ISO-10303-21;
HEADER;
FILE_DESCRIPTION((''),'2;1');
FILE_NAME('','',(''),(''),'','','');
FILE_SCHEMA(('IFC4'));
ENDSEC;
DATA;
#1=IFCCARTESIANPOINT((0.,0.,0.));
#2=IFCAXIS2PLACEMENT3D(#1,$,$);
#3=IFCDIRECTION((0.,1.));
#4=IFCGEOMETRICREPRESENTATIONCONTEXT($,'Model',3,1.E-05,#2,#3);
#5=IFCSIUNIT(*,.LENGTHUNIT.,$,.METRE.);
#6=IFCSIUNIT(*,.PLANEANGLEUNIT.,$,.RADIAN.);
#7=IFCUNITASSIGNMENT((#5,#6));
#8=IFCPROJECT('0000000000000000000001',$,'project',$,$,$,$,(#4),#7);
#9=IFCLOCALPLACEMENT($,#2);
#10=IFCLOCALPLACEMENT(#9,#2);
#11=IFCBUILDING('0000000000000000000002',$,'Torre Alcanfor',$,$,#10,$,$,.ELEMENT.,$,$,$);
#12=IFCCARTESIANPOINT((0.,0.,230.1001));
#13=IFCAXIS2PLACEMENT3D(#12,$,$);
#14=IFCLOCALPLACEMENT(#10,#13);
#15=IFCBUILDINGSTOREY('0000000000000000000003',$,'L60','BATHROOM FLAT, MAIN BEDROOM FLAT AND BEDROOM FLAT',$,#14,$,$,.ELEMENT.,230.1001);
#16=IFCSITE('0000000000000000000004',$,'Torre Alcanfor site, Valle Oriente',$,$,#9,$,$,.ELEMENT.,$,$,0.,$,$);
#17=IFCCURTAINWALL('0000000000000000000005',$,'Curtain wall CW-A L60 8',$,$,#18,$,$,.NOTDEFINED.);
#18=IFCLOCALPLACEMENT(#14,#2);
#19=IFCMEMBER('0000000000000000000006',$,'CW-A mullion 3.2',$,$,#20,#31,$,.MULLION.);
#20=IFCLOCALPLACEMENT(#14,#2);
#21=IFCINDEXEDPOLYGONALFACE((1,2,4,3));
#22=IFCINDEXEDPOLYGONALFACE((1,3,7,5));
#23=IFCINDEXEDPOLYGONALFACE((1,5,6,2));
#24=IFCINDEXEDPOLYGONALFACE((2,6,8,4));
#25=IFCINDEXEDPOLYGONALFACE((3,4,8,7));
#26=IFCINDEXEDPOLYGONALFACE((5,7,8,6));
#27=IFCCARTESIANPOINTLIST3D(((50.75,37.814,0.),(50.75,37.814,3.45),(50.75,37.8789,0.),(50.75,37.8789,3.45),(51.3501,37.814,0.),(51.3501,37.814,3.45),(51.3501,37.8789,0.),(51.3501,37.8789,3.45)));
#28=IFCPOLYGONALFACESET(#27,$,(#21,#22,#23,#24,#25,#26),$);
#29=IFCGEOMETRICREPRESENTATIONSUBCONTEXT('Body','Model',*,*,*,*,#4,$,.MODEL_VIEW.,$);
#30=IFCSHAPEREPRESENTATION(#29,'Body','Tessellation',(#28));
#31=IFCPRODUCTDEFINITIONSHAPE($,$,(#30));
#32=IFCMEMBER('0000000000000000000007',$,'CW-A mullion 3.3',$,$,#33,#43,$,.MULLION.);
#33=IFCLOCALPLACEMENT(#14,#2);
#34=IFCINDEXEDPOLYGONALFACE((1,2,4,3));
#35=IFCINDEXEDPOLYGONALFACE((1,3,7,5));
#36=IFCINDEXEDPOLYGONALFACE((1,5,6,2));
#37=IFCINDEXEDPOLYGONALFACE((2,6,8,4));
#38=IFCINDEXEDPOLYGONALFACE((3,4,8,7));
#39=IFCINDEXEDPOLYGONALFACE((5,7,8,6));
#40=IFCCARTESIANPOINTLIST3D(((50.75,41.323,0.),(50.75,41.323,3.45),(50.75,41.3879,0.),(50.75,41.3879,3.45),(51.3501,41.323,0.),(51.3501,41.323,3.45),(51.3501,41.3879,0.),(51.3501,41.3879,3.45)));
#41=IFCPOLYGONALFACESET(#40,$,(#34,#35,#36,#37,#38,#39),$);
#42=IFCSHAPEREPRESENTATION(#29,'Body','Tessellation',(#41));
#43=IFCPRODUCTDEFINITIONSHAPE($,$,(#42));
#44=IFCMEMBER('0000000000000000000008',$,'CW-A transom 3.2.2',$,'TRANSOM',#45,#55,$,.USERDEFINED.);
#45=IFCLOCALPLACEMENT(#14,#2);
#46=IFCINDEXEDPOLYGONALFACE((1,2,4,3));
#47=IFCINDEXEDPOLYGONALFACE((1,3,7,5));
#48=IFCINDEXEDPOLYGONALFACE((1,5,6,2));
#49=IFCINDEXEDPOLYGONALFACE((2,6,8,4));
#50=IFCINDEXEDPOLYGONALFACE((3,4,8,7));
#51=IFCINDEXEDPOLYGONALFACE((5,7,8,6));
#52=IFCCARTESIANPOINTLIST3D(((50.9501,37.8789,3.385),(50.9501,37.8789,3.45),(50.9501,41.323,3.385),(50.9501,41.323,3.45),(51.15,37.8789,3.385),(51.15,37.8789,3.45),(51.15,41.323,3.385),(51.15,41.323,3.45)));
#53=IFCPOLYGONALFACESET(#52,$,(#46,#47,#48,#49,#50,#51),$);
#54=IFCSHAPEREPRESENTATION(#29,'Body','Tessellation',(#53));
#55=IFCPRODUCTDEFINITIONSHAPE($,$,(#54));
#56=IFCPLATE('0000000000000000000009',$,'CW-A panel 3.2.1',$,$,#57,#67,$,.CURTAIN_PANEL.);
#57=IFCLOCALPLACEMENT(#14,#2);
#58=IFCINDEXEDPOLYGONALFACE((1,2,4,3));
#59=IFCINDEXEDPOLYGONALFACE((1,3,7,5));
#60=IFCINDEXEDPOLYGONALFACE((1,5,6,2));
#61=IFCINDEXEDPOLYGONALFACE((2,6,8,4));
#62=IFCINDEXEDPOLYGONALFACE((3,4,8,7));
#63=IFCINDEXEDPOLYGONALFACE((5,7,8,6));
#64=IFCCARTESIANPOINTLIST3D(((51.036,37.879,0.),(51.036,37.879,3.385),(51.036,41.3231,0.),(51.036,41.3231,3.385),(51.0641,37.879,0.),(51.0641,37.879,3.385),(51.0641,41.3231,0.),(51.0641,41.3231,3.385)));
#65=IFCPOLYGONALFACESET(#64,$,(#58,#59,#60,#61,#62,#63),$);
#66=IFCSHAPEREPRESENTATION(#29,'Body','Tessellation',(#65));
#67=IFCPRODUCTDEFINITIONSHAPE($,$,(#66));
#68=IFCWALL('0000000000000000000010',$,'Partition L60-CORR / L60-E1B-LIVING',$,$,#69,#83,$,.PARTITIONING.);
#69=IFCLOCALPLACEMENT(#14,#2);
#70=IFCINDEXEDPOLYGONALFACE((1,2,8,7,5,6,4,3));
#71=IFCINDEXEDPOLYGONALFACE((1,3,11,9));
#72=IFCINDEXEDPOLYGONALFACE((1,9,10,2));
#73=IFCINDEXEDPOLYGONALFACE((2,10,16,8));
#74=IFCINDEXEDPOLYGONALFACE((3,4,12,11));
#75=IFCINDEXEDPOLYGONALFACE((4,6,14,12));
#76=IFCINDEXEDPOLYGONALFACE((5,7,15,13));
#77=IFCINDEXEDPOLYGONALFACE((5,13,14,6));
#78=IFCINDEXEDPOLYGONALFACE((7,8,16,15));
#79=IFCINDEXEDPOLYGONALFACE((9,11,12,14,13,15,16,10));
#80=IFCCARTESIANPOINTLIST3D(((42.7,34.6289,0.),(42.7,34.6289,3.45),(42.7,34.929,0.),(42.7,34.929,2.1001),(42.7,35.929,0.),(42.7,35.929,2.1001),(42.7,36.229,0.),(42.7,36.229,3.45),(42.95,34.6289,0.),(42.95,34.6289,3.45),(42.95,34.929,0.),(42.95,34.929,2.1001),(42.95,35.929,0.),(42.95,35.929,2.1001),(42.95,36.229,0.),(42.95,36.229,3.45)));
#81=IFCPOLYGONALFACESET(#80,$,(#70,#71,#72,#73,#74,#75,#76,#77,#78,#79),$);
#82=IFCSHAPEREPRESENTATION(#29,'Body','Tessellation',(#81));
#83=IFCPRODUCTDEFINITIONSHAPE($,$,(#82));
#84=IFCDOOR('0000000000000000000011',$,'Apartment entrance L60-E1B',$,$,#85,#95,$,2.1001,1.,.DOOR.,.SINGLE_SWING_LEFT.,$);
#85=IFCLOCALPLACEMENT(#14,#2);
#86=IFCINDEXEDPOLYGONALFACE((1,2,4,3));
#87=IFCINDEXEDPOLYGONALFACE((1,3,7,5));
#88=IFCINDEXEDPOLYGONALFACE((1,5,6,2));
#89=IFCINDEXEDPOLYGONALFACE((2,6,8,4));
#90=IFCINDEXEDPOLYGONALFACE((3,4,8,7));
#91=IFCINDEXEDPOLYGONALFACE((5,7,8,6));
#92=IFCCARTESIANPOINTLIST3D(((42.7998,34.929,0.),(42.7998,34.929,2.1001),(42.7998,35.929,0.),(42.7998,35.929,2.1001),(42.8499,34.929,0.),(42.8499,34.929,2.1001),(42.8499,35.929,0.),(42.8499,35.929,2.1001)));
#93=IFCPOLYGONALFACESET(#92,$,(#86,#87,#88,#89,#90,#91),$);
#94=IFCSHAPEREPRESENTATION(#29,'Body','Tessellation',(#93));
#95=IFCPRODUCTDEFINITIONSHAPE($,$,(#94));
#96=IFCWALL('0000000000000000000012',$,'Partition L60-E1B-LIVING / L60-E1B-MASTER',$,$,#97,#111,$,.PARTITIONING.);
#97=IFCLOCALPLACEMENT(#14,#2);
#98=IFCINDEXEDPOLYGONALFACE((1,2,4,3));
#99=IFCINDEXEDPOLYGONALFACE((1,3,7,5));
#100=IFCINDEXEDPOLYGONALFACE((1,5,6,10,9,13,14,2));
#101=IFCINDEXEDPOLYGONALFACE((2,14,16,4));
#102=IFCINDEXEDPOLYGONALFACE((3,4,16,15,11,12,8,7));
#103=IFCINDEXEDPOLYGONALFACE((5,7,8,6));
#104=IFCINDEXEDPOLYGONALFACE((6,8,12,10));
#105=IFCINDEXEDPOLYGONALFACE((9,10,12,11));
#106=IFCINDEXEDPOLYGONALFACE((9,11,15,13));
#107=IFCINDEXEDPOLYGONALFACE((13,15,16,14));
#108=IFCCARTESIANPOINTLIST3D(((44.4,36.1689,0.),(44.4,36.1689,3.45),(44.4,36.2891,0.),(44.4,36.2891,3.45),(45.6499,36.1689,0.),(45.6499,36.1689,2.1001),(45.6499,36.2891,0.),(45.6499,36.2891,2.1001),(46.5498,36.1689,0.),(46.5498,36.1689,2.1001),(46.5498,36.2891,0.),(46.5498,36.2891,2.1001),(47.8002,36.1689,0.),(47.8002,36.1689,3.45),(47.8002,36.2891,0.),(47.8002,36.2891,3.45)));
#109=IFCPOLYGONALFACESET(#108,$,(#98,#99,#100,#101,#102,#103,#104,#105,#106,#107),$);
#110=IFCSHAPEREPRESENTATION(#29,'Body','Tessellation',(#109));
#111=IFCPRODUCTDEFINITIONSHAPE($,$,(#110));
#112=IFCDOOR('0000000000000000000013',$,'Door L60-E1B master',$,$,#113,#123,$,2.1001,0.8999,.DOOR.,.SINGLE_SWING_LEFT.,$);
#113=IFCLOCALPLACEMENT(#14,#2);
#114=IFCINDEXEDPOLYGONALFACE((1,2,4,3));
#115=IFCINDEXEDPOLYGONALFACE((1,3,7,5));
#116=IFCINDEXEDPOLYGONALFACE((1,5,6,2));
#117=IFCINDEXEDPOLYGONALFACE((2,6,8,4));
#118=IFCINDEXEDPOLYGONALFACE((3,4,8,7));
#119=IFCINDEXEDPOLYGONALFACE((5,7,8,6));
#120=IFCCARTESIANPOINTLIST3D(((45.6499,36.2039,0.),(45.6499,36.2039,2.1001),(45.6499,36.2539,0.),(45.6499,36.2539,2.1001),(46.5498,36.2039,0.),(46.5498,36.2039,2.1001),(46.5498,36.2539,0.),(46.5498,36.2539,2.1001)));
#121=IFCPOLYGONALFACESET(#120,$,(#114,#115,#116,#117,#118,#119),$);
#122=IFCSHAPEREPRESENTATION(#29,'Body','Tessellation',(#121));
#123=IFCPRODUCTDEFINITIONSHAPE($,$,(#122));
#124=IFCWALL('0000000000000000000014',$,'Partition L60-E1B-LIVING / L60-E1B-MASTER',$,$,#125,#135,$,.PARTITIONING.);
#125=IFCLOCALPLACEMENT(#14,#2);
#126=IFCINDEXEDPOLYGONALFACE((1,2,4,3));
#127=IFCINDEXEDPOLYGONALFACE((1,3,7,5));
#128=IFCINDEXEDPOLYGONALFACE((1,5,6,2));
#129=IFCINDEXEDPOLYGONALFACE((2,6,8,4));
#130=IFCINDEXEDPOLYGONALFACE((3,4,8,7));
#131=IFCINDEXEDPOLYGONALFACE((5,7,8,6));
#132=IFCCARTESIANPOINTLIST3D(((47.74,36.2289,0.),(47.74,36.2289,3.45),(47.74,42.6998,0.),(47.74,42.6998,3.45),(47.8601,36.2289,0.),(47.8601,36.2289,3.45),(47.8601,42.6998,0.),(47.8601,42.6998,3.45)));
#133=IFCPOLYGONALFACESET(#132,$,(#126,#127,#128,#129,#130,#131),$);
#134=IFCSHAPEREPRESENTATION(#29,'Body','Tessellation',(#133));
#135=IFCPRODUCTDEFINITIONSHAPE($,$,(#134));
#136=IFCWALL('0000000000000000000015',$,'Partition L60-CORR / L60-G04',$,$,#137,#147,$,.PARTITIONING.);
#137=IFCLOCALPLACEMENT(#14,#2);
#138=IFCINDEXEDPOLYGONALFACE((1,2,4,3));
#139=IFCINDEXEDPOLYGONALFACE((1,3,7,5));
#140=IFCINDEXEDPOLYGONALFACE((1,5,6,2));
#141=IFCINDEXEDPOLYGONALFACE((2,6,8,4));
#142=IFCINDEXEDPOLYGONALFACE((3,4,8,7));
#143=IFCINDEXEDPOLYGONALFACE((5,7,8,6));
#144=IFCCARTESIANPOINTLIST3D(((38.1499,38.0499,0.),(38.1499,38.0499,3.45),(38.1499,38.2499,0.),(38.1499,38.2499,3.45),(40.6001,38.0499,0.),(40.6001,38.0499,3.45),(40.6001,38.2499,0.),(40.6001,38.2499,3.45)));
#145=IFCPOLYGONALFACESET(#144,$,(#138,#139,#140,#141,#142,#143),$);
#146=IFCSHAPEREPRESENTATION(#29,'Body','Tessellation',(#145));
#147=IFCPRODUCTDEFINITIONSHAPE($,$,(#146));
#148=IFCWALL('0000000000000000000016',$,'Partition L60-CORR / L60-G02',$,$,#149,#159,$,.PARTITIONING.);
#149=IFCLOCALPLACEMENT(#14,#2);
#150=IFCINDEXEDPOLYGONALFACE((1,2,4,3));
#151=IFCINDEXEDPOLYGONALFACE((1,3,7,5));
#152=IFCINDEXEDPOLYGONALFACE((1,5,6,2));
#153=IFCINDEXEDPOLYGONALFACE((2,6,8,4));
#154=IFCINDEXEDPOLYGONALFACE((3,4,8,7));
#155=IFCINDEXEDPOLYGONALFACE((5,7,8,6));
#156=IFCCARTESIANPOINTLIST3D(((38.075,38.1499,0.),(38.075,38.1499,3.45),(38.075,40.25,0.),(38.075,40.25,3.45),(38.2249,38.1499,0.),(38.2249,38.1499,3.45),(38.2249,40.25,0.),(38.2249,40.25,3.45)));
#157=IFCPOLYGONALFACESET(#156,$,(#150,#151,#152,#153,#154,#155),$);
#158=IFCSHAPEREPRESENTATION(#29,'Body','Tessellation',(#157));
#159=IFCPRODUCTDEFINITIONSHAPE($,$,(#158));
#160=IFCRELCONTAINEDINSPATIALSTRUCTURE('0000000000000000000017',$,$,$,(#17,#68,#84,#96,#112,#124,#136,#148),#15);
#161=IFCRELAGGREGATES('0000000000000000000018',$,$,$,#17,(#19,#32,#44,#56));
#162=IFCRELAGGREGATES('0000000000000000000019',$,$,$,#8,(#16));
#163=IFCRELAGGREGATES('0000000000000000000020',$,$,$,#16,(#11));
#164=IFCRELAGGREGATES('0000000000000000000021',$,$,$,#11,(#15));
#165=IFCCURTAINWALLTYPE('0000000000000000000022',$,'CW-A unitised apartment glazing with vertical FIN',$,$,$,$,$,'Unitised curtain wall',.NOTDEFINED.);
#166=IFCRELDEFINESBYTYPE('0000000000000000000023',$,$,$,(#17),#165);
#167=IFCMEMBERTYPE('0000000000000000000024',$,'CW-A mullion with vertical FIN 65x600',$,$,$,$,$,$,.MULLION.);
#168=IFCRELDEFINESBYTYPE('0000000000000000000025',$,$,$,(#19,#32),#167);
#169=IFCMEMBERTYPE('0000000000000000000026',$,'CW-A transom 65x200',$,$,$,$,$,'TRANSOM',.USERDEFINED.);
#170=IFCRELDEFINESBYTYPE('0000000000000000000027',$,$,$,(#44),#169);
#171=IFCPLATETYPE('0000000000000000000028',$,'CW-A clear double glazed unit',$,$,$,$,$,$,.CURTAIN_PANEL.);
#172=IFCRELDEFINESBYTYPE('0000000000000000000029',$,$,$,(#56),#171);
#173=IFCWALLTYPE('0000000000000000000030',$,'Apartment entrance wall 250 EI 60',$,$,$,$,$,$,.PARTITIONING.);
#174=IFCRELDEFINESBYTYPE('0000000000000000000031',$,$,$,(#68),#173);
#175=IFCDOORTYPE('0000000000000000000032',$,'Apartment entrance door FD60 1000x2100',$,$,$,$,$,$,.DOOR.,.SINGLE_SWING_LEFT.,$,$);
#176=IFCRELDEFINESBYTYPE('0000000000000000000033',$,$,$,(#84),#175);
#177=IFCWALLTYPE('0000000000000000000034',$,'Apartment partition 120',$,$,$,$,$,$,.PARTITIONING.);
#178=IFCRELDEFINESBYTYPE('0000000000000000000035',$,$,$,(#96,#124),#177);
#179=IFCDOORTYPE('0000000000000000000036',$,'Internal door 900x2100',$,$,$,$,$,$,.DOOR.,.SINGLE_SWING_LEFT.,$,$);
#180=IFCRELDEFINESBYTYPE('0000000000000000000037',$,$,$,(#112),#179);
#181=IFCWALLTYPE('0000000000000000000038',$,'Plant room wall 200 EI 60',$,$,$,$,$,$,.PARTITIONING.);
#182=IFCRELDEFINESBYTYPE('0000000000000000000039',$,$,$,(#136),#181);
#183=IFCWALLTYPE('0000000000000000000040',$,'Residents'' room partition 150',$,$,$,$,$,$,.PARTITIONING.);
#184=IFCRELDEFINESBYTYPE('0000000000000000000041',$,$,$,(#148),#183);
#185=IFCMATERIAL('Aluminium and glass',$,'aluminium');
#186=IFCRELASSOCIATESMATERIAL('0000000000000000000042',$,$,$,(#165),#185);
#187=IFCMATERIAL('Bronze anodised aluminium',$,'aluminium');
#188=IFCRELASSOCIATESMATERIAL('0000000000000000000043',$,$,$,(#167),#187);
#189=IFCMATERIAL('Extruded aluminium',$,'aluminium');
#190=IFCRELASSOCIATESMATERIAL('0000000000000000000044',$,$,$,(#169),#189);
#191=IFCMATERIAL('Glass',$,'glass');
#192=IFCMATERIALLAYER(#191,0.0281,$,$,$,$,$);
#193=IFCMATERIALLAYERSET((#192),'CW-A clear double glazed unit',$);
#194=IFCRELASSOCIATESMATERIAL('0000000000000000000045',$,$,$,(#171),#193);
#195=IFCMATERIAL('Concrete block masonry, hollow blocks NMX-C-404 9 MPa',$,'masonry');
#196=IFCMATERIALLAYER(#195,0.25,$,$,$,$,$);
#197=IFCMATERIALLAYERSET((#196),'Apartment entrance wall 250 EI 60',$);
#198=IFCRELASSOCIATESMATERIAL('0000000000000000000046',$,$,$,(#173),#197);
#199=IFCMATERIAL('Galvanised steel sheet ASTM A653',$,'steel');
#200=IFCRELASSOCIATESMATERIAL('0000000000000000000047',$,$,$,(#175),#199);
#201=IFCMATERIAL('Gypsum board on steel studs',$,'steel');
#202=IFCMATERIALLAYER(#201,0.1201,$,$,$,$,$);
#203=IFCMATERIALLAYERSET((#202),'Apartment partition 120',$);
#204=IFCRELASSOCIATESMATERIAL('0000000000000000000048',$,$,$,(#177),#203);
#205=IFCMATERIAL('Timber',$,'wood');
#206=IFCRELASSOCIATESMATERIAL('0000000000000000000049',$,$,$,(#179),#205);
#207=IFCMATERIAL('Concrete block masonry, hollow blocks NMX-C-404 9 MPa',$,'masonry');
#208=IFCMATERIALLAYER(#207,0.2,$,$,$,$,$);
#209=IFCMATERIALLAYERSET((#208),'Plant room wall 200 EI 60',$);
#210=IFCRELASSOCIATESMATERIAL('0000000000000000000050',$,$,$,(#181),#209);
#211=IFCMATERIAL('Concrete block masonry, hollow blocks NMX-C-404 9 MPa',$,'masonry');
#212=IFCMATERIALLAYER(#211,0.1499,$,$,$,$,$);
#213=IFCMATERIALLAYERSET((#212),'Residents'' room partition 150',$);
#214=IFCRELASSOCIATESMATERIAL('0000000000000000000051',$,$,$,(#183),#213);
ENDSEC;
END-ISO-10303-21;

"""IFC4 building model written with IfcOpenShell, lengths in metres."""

from ifc_helpers import new_model, si_unit, direction, frame, frame_2d, origin, origin_2d, place, context, subcontext, project, spatial, rectangle, extrude, material, layer, layer_set, material_profile, profile_set, type_object, element, fill, aggregate, save


model = new_model("IFC4")

# Units and contexts
model_context = context("Model", 3, precision=1e-05, world=origin(), true_north=direction((0.0, 1.0)))
body_context = subcontext(model_context, "Body", "Model", "MODEL_VIEW")
ifc_project = project(units=[si_unit("LENGTHUNIT", "METRE"), si_unit("PLANEANGLEUNIT", "RADIAN")], contexts=[model_context])

# Site, building, storey
site_placement = place(None, origin())
site = spatial("IfcSite", under=ifc_project, at=site_placement, Name="Torre Alcanfor site, Valle Oriente", CompositionType="ELEMENT", RefElevation=0.0)
building_placement = place(site_placement, origin())
building = spatial("IfcBuilding", under=site, at=building_placement, Name="Torre Alcanfor", CompositionType="ELEMENT")
storey_placement = place(building_placement, frame((0.0, 0.0, 230.1001)))
storey = spatial("IfcBuildingStorey", under=building, at=storey_placement, Name="L60", Description="BATHROOM FLAT, MAIN BEDROOM FLAT AND BEDROOM FLAT", CompositionType="ELEMENT", Elevation=230.1001)

# Curtain wall, members, plate
ifc_material_1 = material(Name="Aluminium and glass", Category="aluminium")
curtain_wall_type = type_object("IfcCurtainWallType", Name="CW-A unitised apartment glazing with vertical FIN", ElementType="Unitised curtain wall", PredefinedType="NOTDEFINED", material=ifc_material_1)
curtain_wall_placement = place(storey_placement, origin())
curtain_wall = element("IfcCurtainWall", 1, at=curtain_wall_placement, inside=storey, type_object=curtain_wall_type, Name="Curtain wall CW-A L60 8", PredefinedType="NOTDEFINED")
ifc_material_2 = material(Name="Bronze anodised aluminium", Category="aluminium")
ifc_material_profile_1 = material_profile(ifc_material_2, rectangle(XDim=0.6001, YDim=0.0649, at=origin_2d()), Name="CW-A mullion 65x600")
ifc_profile_set_1 = profile_set([ifc_material_profile_1], Name="Bronze anodised aluminium")
member_type_1 = type_object("IfcMemberType", Name="CW-A mullion with vertical FIN 65x600", PredefinedType="MULLION", material=ifc_profile_set_1)
member_1_placement = place(storey_placement, frame((51.05, 37.8464, 0.0), z_axis=(0.0, 0.0, 1.0), x_axis=(-1.0, 0.0, 0.0)))
member_1 = element("IfcMember", 2, at=member_1_placement, type_object=member_type_1, Name="CW-A mullion 3.2", PredefinedType="MULLION", context=body_context, shape_type="SweptSolid", body=[
    extrude(rectangle(XDim=0.6001, YDim=0.0649, at=origin_2d()), origin(), (0.0, 0.0, 1.0), 3.45),
])
member_2_placement = place(storey_placement, frame((51.05, 41.3555, 0.0), z_axis=(0.0, 0.0, 1.0), x_axis=(-1.0, 0.0, 0.0)))
member_2 = element("IfcMember", 3, at=member_2_placement, type_object=member_type_1, Name="CW-A mullion 3.3", PredefinedType="MULLION", context=body_context, shape_type="SweptSolid", body=[
    extrude(rectangle(XDim=0.6001, YDim=0.0649, at=origin_2d()), origin(), (0.0, 0.0, 1.0), 3.45),
])
ifc_material_3 = material(Name="Extruded aluminium", Category="aluminium")
ifc_material_profile_2 = material_profile(ifc_material_3, rectangle(XDim=0.2, YDim=0.0649, at=origin_2d()), Name="CW-A transom 200x65")
ifc_profile_set_2 = profile_set([ifc_material_profile_2], Name="Extruded aluminium")
member_type_2 = type_object("IfcMemberType", Name="CW-A transom 65x200", ElementType="TRANSOM", PredefinedType="USERDEFINED", material=ifc_profile_set_2)
member_3_placement = place(storey_placement, frame((51.05, 37.8789, 3.4175), z_axis=(0.0, 1.0, 0.0), x_axis=(-1.0, 0.0, 0.0)))
member_3 = element("IfcMember", 4, at=member_3_placement, type_object=member_type_2, Name="CW-A transom 3.2.2", ObjectType="TRANSOM", PredefinedType="USERDEFINED", context=body_context, shape_type="SweptSolid", body=[
    extrude(rectangle(XDim=0.2, YDim=0.0649, at=origin_2d()), origin(), (0.0, 0.0, 1.0), 3.4441),
])
ifc_material_4 = material(Name="Glass", Category="glass")
ifc_layer_1 = layer(ifc_material_4, 0.0281)
ifc_layer_set_1 = layer_set([ifc_layer_1], Name="CW-A clear double glazed unit")
plate_type = type_object("IfcPlateType", Name="CW-A clear double glazed unit", PredefinedType="CURTAIN_PANEL", material=ifc_layer_set_1)
plate_placement = place(storey_placement, frame((51.05, 39.6011, 0.0), z_axis=(0.0, 0.0, 1.0), x_axis=(0.0, 1.0, 0.0)))
plate = element("IfcPlate", 5, at=plate_placement, type_object=plate_type, Name="CW-A panel 3.2.1", PredefinedType="CURTAIN_PANEL", context=body_context, shape_type="SweptSolid", body=[
    extrude(rectangle(XDim=3.4441, YDim=0.0281, at=origin_2d()), origin(), (0.0, 0.0, 1.0), 3.385),
])
aggregate(curtain_wall, [member_1, member_2, member_3, plate])

# Walls, openings, doors
ifc_material_5 = material(Name="Concrete block masonry, hollow blocks NMX-C-404 9 MPa", Category="masonry")
ifc_layer_2 = layer(ifc_material_5, 0.25)
ifc_layer_set_2 = layer_set([ifc_layer_2], Name="Apartment entrance wall 250 EI 60")
wall_type_1 = type_object("IfcWallType", Name="Apartment entrance wall 250 EI 60", PredefinedType="PARTITIONING", material=ifc_layer_set_2)
wall_1_placement = place(storey_placement, frame((42.825, 36.229, 0.0), z_axis=(0.0, 0.0, 1.0), x_axis=(0.0, -1.0, 0.0)))
wall_1 = element("IfcWall", 6, at=wall_1_placement, inside=storey, type_object=wall_type_1, Name="Partition L60-CORR / L60-E1B-LIVING", PredefinedType="PARTITIONING", context=body_context, shape_type="SweptSolid", body=[
    extrude(rectangle(XDim=1.6001, YDim=0.25, at=frame_2d((0.8, 0.0))), origin(), (0.0, 0.0, 1.0), 3.45),
])
opening_1_placement = place(wall_1_placement, frame((0.3, 0.0, 0.0)))
opening_1 = element("IfcOpeningElement", 7, at=opening_1_placement, cuts=wall_1, PredefinedType="OPENING", context=body_context, shape_type="SweptSolid", body=[
    extrude(rectangle(XDim=1.0, YDim=2.1001, at=frame_2d((0.5, 1.05))), frame((0.0, 0.135, 0.0), z_axis=(0.0, -1.0, 0.0), x_axis=(1.0, 0.0, 0.0)), (0.0, 0.0, 1.0), 0.27),
])
ifc_material_6 = material(Name="Galvanised steel sheet ASTM A653", Category="steel")
door_type_1 = type_object("IfcDoorType", Name="Apartment entrance door FD60 1000x2100", OperationType="SINGLE_SWING_LEFT", PredefinedType="DOOR", material=ifc_material_6)
door_1_placement = place(opening_1_placement, origin())
door_1 = element("IfcDoor", 8, at=door_1_placement, inside=storey, type_object=door_type_1, Name="Apartment entrance L60-E1B", OperationType="SINGLE_SWING_LEFT", OverallHeight=2.1001, OverallWidth=1.0, PredefinedType="DOOR", context=body_context, shape_type="SweptSolid", body=[
    extrude(rectangle(XDim=1.0, YDim=2.1001, at=frame_2d((0.5, 1.05))), frame((0.0, 0.0249, 0.0), z_axis=(0.0, -1.0, 0.0), x_axis=(1.0, 0.0, 0.0)), (0.0, 0.0, 1.0), 0.05),
])
fill(opening_1, door_1)
ifc_material_7 = material(Name="Gypsum board on steel studs", Category="steel")
ifc_layer_3 = layer(ifc_material_7, 0.1201)
ifc_layer_set_3 = layer_set([ifc_layer_3], Name="Apartment partition 120")
wall_type_2 = type_object("IfcWallType", Name="Apartment partition 120", PredefinedType="PARTITIONING", material=ifc_layer_set_3)
wall_2_placement = place(storey_placement, frame((44.3999, 36.229, 0.0), z_axis=(0.0, 0.0, 1.0), x_axis=(1.0, 0.0, 0.0)))
wall_2 = element("IfcWall", 9, at=wall_2_placement, inside=storey, type_object=wall_type_2, Name="Partition L60-E1B-LIVING / L60-E1B-MASTER", PredefinedType="PARTITIONING", context=body_context, shape_type="SweptSolid", body=[
    extrude(rectangle(XDim=3.4001, YDim=0.1201, at=frame_2d((1.7002, 0.0))), origin(), (0.0, 0.0, 1.0), 3.45),
])
opening_2_placement = place(wall_2_placement, frame((1.25, 0.0, 0.0)))
opening_2 = element("IfcOpeningElement", 10, at=opening_2_placement, cuts=wall_2, PredefinedType="OPENING", context=body_context, shape_type="SweptSolid", body=[
    extrude(rectangle(XDim=0.8999, YDim=2.1001, at=frame_2d((0.45, 1.05))), frame((0.0, 0.0701, 0.0), z_axis=(0.0, -1.0, 0.0), x_axis=(1.0, 0.0, 0.0)), (0.0, 0.0, 1.0), 0.1401),
])
ifc_material_8 = material(Name="Timber", Category="wood")
door_type_2 = type_object("IfcDoorType", Name="Internal door 900x2100", OperationType="SINGLE_SWING_LEFT", PredefinedType="DOOR", material=ifc_material_8)
door_2_placement = place(opening_2_placement, origin())
door_2 = element("IfcDoor", 11, at=door_2_placement, inside=storey, type_object=door_type_2, Name="Door L60-E1B master", OperationType="SINGLE_SWING_LEFT", OverallHeight=2.1001, OverallWidth=0.8999, PredefinedType="DOOR", context=body_context, shape_type="SweptSolid", body=[
    extrude(rectangle(XDim=0.8999, YDim=2.1001, at=frame_2d((0.45, 1.05))), frame((0.0, 0.0249, 0.0), z_axis=(0.0, -1.0, 0.0), x_axis=(1.0, 0.0, 0.0)), (0.0, 0.0, 1.0), 0.05),
])
fill(opening_2, door_2)

# Walls
wall_3_placement = place(storey_placement, frame((47.8, 36.229, 0.0), z_axis=(0.0, 0.0, 1.0), x_axis=(0.0, 1.0, 0.0)))
element("IfcWall", 12, at=wall_3_placement, inside=storey, type_object=wall_type_2, Name="Partition L60-E1B-LIVING / L60-E1B-MASTER", PredefinedType="PARTITIONING", context=body_context, shape_type="SweptSolid", body=[
    extrude(rectangle(XDim=6.4709, YDim=0.1201, at=frame_2d((3.2354, 0.0))), origin(), (0.0, 0.0, 1.0), 3.45),
])
ifc_material_9 = material(Name="Concrete block masonry, hollow blocks NMX-C-404 9 MPa", Category="masonry")
ifc_layer_4 = layer(ifc_material_9, 0.2)
ifc_layer_set_4 = layer_set([ifc_layer_4], Name="Plant room wall 200 EI 60")
wall_type_3 = type_object("IfcWallType", Name="Plant room wall 200 EI 60", PredefinedType="PARTITIONING", material=ifc_layer_set_4)
wall_4_placement = place(storey_placement, frame((40.6001, 38.1499, 0.0), z_axis=(0.0, 0.0, 1.0), x_axis=(-1.0, 0.0, 0.0)))
element("IfcWall", 13, at=wall_4_placement, inside=storey, type_object=wall_type_3, Name="Partition L60-CORR / L60-G04", PredefinedType="PARTITIONING", context=body_context, shape_type="SweptSolid", body=[
    extrude(rectangle(XDim=2.4502, YDim=0.2, at=frame_2d((1.2251, 0.0))), origin(), (0.0, 0.0, 1.0), 3.45),
])
ifc_material_10 = material(Name="Concrete block masonry, hollow blocks NMX-C-404 9 MPa", Category="masonry")
ifc_layer_5 = layer(ifc_material_10, 0.1499)
ifc_layer_set_5 = layer_set([ifc_layer_5], Name="Residents' room partition 150")
wall_type_4 = type_object("IfcWallType", Name="Residents' room partition 150", PredefinedType="PARTITIONING", material=ifc_layer_set_5)
wall_5_placement = place(storey_placement, frame((38.1499, 38.1499, 0.0), z_axis=(0.0, 0.0, 1.0), x_axis=(0.0, 1.0, 0.0)))
element("IfcWall", 14, at=wall_5_placement, inside=storey, type_object=wall_type_4, Name="Partition L60-CORR / L60-G02", PredefinedType="PARTITIONING", context=body_context, shape_type="SweptSolid", body=[
    extrude(rectangle(XDim=2.1001, YDim=0.1499, at=frame_2d((1.05, 0.0))), origin(), (0.0, 0.0, 1.0), 3.45),
])

save(model, "model.ifc")
